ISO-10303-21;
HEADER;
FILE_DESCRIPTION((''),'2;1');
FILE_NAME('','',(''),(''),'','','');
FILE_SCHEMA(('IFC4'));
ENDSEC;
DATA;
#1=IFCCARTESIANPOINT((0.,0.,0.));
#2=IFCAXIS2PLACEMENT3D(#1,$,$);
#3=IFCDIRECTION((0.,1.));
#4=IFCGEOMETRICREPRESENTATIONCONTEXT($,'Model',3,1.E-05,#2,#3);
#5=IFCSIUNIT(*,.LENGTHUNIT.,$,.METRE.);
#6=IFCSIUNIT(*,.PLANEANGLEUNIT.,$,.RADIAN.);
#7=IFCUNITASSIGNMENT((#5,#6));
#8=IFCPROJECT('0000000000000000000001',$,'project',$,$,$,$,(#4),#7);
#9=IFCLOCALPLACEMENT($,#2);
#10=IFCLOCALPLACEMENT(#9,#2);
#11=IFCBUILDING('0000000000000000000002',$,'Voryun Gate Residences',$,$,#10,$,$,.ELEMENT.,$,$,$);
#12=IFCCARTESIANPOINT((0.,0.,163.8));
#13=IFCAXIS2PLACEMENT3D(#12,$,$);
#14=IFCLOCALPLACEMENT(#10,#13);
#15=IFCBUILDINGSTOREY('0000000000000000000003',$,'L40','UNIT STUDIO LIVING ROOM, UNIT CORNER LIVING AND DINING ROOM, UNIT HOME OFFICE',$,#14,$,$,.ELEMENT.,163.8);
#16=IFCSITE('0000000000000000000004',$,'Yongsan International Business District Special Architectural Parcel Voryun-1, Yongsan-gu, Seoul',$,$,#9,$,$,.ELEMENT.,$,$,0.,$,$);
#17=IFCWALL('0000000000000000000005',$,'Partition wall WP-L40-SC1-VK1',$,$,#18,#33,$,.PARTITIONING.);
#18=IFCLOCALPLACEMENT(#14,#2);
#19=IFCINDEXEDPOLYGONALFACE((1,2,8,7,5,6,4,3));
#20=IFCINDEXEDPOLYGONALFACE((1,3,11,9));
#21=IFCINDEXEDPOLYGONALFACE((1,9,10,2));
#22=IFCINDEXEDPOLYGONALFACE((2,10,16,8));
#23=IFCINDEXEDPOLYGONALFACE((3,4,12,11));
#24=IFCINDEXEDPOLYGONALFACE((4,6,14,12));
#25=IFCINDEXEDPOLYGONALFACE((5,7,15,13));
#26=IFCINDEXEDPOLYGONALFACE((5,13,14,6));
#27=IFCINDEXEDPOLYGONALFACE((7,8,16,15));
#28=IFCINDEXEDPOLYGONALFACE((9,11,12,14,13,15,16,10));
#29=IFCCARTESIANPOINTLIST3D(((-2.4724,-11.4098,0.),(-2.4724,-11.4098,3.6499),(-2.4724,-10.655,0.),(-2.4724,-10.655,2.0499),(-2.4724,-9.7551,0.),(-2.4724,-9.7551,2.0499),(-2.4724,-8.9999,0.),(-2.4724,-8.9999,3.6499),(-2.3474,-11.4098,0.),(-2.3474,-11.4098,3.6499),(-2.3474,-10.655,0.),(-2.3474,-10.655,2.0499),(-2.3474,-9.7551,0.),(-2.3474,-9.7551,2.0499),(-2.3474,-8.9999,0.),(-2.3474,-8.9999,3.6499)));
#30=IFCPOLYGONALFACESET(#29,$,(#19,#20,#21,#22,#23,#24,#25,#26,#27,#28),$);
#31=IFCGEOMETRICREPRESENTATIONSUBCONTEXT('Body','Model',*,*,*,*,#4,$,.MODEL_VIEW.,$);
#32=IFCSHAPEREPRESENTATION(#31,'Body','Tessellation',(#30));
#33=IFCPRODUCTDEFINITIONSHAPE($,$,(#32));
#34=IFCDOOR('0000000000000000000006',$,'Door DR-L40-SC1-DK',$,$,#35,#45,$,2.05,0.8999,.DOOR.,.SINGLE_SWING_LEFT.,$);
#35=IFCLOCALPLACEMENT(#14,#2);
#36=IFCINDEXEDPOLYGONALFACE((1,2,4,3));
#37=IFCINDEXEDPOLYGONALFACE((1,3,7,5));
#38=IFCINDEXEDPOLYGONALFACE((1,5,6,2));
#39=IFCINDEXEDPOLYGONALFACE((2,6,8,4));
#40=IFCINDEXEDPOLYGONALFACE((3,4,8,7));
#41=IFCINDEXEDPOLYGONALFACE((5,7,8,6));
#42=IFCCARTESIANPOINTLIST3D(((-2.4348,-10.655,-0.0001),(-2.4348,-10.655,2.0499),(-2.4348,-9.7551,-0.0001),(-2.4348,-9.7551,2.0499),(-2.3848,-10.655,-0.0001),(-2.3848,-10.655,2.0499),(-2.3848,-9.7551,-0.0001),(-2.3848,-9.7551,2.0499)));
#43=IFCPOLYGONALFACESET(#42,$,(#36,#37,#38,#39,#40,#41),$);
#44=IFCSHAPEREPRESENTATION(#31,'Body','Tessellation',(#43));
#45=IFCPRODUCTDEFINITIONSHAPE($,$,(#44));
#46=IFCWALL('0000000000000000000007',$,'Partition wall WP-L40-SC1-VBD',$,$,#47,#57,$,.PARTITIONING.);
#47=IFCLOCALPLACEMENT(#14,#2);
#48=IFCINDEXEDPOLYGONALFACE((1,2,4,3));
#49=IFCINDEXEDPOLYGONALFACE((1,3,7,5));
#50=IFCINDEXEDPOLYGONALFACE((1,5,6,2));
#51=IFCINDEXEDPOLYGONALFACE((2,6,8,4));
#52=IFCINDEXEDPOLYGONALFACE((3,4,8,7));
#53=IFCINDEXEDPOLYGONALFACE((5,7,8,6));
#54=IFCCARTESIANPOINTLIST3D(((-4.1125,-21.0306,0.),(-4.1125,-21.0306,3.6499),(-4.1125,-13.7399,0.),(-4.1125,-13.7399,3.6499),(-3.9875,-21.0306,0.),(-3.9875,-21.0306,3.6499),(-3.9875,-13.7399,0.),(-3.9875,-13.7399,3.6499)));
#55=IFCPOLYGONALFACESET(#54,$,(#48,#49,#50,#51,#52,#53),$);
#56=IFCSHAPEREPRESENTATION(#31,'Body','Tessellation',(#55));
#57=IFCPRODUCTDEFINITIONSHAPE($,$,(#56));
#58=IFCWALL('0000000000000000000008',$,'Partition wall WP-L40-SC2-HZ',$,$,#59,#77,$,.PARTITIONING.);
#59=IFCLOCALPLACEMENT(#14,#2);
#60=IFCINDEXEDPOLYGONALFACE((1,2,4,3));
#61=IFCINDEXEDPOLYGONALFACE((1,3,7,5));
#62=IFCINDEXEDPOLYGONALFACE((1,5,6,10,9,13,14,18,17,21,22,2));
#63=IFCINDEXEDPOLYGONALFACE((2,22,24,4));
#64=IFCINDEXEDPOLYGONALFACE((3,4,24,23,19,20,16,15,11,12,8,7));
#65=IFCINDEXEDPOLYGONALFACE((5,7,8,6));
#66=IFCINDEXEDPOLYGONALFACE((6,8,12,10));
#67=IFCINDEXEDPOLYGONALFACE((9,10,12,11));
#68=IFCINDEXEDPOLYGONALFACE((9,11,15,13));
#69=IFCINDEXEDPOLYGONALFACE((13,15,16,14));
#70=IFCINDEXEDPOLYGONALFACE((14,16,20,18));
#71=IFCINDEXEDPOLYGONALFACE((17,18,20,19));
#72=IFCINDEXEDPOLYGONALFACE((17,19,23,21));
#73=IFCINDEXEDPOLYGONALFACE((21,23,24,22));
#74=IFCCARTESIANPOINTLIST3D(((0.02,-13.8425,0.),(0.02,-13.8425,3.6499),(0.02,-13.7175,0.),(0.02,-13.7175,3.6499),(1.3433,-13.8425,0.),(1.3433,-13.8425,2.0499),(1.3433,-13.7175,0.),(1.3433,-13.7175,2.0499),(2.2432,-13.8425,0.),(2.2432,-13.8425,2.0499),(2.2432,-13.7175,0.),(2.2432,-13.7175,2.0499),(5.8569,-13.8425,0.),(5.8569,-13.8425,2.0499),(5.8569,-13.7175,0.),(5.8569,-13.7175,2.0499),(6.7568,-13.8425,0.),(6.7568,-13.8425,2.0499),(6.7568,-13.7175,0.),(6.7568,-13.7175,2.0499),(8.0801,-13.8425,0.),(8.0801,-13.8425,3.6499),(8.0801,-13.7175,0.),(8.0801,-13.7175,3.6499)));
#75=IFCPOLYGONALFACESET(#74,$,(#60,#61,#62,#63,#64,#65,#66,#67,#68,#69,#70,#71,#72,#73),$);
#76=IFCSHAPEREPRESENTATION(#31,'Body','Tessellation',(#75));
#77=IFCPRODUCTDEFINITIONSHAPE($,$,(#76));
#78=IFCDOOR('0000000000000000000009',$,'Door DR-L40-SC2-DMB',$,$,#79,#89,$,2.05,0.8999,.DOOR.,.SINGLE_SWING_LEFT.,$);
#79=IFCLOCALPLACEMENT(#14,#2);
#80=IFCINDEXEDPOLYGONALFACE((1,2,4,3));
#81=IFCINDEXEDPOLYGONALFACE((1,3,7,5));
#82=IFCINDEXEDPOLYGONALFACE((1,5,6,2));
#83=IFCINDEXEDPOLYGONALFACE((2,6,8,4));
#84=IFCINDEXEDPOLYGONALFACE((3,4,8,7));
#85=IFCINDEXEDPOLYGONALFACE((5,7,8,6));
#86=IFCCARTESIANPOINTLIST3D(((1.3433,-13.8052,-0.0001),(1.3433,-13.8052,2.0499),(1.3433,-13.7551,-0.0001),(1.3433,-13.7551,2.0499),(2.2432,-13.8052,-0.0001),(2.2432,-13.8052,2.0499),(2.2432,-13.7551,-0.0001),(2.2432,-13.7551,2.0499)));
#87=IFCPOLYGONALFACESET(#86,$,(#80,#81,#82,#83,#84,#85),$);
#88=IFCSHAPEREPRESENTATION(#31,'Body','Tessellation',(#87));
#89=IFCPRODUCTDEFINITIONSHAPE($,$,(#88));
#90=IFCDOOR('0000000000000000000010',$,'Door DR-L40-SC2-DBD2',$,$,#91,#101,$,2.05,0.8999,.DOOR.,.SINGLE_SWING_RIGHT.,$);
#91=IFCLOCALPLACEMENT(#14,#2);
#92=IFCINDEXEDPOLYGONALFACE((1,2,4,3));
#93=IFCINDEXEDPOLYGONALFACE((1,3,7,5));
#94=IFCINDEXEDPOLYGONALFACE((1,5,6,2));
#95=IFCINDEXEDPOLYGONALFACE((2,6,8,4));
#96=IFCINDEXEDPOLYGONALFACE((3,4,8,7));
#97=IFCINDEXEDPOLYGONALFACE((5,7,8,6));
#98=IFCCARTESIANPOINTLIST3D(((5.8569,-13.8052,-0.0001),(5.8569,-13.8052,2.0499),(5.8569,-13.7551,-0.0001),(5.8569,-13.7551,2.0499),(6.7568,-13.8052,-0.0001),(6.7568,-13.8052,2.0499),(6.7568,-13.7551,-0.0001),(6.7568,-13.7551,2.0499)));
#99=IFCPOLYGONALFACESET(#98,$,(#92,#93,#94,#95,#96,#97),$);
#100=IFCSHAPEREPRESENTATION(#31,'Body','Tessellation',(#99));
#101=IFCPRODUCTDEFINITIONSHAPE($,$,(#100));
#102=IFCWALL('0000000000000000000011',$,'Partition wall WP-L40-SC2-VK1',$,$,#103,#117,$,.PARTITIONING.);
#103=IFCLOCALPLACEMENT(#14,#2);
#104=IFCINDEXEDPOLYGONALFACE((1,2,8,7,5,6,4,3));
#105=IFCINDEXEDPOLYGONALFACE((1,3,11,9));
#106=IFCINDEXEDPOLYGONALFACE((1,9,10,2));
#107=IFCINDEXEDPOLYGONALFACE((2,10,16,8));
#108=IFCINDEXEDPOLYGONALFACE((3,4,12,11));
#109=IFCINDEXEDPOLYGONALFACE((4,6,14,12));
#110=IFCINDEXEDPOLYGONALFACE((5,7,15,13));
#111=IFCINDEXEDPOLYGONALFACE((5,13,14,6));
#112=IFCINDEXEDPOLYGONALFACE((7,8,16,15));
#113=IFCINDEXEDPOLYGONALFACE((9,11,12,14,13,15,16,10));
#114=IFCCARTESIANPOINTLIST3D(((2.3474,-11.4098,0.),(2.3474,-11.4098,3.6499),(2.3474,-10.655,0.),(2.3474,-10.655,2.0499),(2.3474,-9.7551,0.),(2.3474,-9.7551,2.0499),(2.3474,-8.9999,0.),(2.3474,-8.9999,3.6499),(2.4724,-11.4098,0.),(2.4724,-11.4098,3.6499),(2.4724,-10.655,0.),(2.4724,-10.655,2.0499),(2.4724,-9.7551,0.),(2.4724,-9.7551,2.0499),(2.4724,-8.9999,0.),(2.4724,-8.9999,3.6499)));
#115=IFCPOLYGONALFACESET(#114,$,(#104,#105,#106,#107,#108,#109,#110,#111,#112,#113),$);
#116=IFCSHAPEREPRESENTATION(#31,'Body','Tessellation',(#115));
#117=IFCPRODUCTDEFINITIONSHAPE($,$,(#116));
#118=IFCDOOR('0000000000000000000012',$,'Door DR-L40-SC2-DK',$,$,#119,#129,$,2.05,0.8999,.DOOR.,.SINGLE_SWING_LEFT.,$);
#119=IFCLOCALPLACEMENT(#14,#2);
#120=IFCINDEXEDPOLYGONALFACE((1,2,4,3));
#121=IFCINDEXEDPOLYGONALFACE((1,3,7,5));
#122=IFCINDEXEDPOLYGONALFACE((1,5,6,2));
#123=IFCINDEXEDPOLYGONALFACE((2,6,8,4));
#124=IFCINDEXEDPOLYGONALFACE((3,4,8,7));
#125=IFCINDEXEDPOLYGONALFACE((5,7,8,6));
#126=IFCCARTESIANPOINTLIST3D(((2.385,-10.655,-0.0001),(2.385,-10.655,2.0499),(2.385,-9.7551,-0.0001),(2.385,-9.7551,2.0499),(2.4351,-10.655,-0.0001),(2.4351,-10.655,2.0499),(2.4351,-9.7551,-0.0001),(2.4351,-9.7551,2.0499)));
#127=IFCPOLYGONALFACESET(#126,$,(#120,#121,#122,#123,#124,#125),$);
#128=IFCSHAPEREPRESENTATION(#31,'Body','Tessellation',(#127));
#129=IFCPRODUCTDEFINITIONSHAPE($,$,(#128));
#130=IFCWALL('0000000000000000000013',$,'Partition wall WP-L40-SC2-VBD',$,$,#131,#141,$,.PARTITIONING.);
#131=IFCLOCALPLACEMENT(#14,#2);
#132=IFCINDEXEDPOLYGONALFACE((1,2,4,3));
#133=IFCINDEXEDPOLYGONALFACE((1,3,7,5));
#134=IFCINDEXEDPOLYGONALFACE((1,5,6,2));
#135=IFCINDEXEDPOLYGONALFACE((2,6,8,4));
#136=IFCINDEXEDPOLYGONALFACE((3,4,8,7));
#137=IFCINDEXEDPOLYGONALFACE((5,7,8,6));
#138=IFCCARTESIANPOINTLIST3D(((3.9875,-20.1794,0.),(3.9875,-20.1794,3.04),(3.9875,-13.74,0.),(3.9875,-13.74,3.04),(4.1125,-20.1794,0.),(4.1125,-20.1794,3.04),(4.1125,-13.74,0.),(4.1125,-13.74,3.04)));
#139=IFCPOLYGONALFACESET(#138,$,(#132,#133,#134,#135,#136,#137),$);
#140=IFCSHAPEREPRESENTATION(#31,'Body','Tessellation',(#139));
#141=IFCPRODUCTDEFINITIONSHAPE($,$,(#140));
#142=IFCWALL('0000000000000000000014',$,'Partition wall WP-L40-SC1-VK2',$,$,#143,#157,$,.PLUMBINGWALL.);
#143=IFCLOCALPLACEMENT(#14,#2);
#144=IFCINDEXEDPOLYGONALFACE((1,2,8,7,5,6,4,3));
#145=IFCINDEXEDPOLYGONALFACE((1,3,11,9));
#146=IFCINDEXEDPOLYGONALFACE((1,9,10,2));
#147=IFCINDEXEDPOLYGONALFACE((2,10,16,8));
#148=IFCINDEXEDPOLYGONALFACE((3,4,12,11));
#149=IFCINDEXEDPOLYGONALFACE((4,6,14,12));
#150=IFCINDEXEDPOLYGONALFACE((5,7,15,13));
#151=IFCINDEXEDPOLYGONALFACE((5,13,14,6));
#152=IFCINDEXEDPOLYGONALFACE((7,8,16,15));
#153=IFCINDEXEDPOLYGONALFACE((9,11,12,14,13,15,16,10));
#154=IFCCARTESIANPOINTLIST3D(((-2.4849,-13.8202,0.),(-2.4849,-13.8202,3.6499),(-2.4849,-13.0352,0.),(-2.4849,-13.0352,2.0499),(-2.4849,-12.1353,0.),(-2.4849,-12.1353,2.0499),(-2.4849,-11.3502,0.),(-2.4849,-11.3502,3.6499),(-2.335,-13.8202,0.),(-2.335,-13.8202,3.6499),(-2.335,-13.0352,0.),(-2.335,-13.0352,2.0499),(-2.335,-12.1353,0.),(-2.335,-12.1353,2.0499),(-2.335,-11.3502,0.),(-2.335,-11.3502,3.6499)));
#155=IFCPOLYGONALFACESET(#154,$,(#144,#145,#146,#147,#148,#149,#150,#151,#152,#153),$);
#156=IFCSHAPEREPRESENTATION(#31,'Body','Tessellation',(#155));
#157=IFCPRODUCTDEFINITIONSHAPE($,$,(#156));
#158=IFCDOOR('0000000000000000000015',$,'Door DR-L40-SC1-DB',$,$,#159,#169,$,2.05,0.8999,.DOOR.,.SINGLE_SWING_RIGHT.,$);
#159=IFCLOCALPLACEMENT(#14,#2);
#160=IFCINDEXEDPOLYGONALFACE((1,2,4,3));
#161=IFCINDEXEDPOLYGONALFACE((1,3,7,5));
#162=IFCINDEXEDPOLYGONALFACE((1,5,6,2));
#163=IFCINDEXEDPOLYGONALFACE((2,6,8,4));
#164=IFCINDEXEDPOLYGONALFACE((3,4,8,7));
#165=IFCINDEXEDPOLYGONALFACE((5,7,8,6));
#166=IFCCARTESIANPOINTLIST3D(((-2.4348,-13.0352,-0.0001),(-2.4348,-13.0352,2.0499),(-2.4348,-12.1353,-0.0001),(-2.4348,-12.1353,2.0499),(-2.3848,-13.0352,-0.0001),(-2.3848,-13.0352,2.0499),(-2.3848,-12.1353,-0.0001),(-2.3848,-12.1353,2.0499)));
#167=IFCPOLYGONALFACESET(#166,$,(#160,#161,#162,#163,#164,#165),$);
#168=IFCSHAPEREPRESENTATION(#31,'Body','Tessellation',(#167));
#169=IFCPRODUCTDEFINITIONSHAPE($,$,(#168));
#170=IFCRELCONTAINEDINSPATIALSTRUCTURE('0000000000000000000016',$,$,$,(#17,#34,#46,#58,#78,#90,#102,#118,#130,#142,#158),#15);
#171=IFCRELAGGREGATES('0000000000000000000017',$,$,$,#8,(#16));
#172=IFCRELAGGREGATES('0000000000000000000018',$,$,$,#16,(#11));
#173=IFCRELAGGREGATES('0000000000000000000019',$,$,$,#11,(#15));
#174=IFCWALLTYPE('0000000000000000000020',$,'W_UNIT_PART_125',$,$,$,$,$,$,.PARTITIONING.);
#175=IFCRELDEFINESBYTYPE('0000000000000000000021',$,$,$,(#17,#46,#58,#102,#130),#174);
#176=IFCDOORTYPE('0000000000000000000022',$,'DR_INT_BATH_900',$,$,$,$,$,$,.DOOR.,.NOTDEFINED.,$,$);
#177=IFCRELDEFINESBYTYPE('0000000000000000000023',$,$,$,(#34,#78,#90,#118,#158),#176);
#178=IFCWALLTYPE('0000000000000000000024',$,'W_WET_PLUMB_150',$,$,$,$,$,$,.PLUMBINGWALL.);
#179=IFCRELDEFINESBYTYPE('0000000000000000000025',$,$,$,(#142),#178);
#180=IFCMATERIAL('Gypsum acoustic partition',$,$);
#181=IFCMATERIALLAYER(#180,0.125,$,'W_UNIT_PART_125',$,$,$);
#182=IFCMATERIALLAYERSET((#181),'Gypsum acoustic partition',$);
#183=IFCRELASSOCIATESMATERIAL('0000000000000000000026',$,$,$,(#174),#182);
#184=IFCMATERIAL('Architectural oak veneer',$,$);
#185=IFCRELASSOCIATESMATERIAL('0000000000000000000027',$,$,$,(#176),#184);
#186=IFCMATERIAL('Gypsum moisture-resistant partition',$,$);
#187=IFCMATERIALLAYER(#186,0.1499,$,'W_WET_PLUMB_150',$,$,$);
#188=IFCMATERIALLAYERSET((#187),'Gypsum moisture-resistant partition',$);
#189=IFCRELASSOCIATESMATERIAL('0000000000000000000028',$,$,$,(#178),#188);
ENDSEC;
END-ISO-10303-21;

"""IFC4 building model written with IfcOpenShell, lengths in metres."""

from ifc_helpers import new_model, si_unit, direction, frame, frame_2d, origin, place, context, subcontext, project, spatial, rectangle, extrude, material, layer, layer_set, type_object, element, fill, save


model = new_model("IFC4")

# Units and contexts
model_context = context("Model", 3, precision=1e-05, world=origin(), true_north=direction((0.0, 1.0)))
body_context = subcontext(model_context, "Body", "Model", "MODEL_VIEW")
ifc_project = project(units=[si_unit("LENGTHUNIT", "METRE"), si_unit("PLANEANGLEUNIT", "RADIAN")], contexts=[model_context])

# Site, building, storey
site_placement = place(None, origin())
site = spatial("IfcSite", under=ifc_project, at=site_placement, Name="Yongsan International Business District Special Architectural Parcel Voryun-1, Yongsan-gu, Seoul", CompositionType="ELEMENT", RefElevation=0.0)
building_placement = place(site_placement, origin())
building = spatial("IfcBuilding", under=site, at=building_placement, Name="Voryun Gate Residences", CompositionType="ELEMENT")
storey_placement = place(building_placement, frame((0.0, 0.0, 163.8)))
storey = spatial("IfcBuildingStorey", under=building, at=storey_placement, Name="L40", Description="UNIT STUDIO LIVING ROOM, UNIT CORNER LIVING AND DINING ROOM, UNIT HOME OFFICE", CompositionType="ELEMENT", Elevation=163.8)

# Wall, opening, door
ifc_material_1 = material(Name="Gypsum acoustic partition")
ifc_layer_1 = layer(ifc_material_1, 0.125, Name="W_UNIT_PART_125")
ifc_layer_set_1 = layer_set([ifc_layer_1], Name="Gypsum acoustic partition")
wall_type_1 = type_object("IfcWallType", Name="W_UNIT_PART_125", PredefinedType="PARTITIONING", material=ifc_layer_set_1)
wall_1_placement = place(storey_placement, frame((-2.4099, -11.4099, 0.0), z_axis=(0.0, 0.0, 1.0), x_axis=(0.0, 1.0, 0.0)))
wall_1 = element("IfcWall", 1, at=wall_1_placement, inside=storey, type_object=wall_type_1, Name="Partition wall WP-L40-SC1-VK1", PredefinedType="PARTITIONING", context=body_context, shape_type="SweptSolid", body=[
    extrude(rectangle(XDim=2.4099, YDim=0.125, at=frame_2d((1.2051, 0.0))), origin(), (0.0, 0.0, 1.0), 3.6499),
])
opening_1_placement = place(wall_1_placement, frame((0.7549, 0.0, 0.0)))
opening_1 = element("IfcOpeningElement", 2, at=opening_1_placement, cuts=wall_1, PredefinedType="OPENING", context=body_context, shape_type="SweptSolid", body=[
    extrude(rectangle(XDim=0.8999, YDim=2.05, at=frame_2d((0.45, 1.0249))), frame((0.0, 0.0725, 0.0), z_axis=(0.0, -1.0, 0.0), x_axis=(1.0, 0.0, 0.0)), (0.0, 0.0, 1.0), 0.145),
])
ifc_material_2 = material(Name="Architectural oak veneer")
door_type_1 = type_object("IfcDoorType", Name="DR_INT_BATH_900", OperationType="NOTDEFINED", PredefinedType="DOOR", material=ifc_material_2)
door_1_placement = place(opening_1_placement, origin())
door_1 = element("IfcDoor", 3, at=door_1_placement, inside=storey, type_object=door_type_1, Name="Door DR-L40-SC1-DK", OperationType="SINGLE_SWING_LEFT", OverallHeight=2.05, OverallWidth=0.8999, PredefinedType="DOOR", context=body_context, shape_type="SweptSolid", body=[
    extrude(rectangle(XDim=0.8999, YDim=2.05, at=frame_2d((0.45, 1.0249))), frame((0.0, 0.0249, 0.0), z_axis=(0.0, -1.0, 0.0), x_axis=(1.0, 0.0, 0.0)), (0.0, 0.0, 1.0), 0.05),
])
fill(opening_1, door_1)

# Wall
wall_2_placement = place(storey_placement, frame((-4.05, -21.0308, 0.0), z_axis=(0.0, 0.0, 1.0), x_axis=(0.0, 1.0, 0.0)))
element("IfcWall", 4, at=wall_2_placement, inside=storey, type_object=wall_type_1, Name="Partition wall WP-L40-SC1-VBD", PredefinedType="PARTITIONING", context=body_context, shape_type="SweptSolid", body=[
    extrude(rectangle(XDim=7.2908, YDim=0.125, at=frame_2d((3.6455, 0.0))), origin(), (0.0, 0.0, 1.0), 3.6499),
])

# Wall, openings, doors
wall_3_placement = place(storey_placement, frame((0.02, -13.78, 0.0), z_axis=(0.0, 0.0, 1.0), x_axis=(1.0, 0.0, 0.0)))
wall_3 = element("IfcWall", 5, at=wall_3_placement, inside=storey, type_object=wall_type_1, Name="Partition wall WP-L40-SC2-HZ", PredefinedType="PARTITIONING", context=body_context, shape_type="SweptSolid", body=[
    extrude(rectangle(XDim=8.0601, YDim=0.125, at=frame_2d((4.03, 0.0))), origin(), (0.0, 0.0, 1.0), 3.6499),
])
opening_2_placement = place(wall_3_placement, frame((1.3232, 0.0, 0.0)))
opening_2 = element("IfcOpeningElement", 6, at=opening_2_placement, cuts=wall_3, PredefinedType="OPENING", context=body_context, shape_type="SweptSolid", body=[
    extrude(rectangle(XDim=0.8999, YDim=2.05, at=frame_2d((0.45, 1.0249))), frame((0.0, 0.0725, 0.0), z_axis=(0.0, -1.0, 0.0), x_axis=(1.0, 0.0, 0.0)), (0.0, 0.0, 1.0), 0.145),
])
opening_3_placement = place(wall_3_placement, frame((5.8369, 0.0, 0.0)))
opening_3 = element("IfcOpeningElement", 7, at=opening_3_placement, cuts=wall_3, PredefinedType="OPENING", context=body_context, shape_type="SweptSolid", body=[
    extrude(rectangle(XDim=0.8999, YDim=2.05, at=frame_2d((0.45, 1.0249))), frame((0.0, 0.0725, 0.0), z_axis=(0.0, -1.0, 0.0), x_axis=(1.0, 0.0, 0.0)), (0.0, 0.0, 1.0), 0.145),
])
door_2_placement = place(opening_2_placement, origin())
door_2 = element("IfcDoor", 8, at=door_2_placement, inside=storey, type_object=door_type_1, Name="Door DR-L40-SC2-DMB", OperationType="SINGLE_SWING_LEFT", OverallHeight=2.05, OverallWidth=0.8999, PredefinedType="DOOR", context=body_context, shape_type="SweptSolid", body=[
    extrude(rectangle(XDim=0.8999, YDim=2.05, at=frame_2d((0.45, 1.0249))), frame((0.0, 0.0249, 0.0), z_axis=(0.0, -1.0, 0.0), x_axis=(1.0, 0.0, 0.0)), (0.0, 0.0, 1.0), 0.05),
])
fill(opening_2, door_2)
door_3_placement = place(opening_3_placement, origin())
door_3 = element("IfcDoor", 9, at=door_3_placement, inside=storey, type_object=door_type_1, Name="Door DR-L40-SC2-DBD2", OperationType="SINGLE_SWING_RIGHT", OverallHeight=2.05, OverallWidth=0.8999, PredefinedType="DOOR", context=body_context, shape_type="SweptSolid", body=[
    extrude(rectangle(XDim=0.8999, YDim=2.05, at=frame_2d((0.45, 1.0249))), frame((0.0, 0.0249, 0.0), z_axis=(0.0, -1.0, 0.0), x_axis=(1.0, 0.0, 0.0)), (0.0, 0.0, 1.0), 0.05),
])
fill(opening_3, door_3)

# Wall, opening, door
wall_4_placement = place(storey_placement, frame((2.4099, -11.4099, 0.0), z_axis=(0.0, 0.0, 1.0), x_axis=(0.0, 1.0, 0.0)))
wall_4 = element("IfcWall", 10, at=wall_4_placement, inside=storey, type_object=wall_type_1, Name="Partition wall WP-L40-SC2-VK1", PredefinedType="PARTITIONING", context=body_context, shape_type="SweptSolid", body=[
    extrude(rectangle(XDim=2.4099, YDim=0.125, at=frame_2d((1.2051, 0.0))), origin(), (0.0, 0.0, 1.0), 3.6499),
])
opening_4_placement = place(wall_4_placement, frame((0.7549, 0.0, 0.0)))
opening_4 = element("IfcOpeningElement", 11, at=opening_4_placement, cuts=wall_4, PredefinedType="OPENING", context=body_context, shape_type="SweptSolid", body=[
    extrude(rectangle(XDim=0.8999, YDim=2.05, at=frame_2d((0.45, 1.0249))), frame((0.0, 0.0725, 0.0), z_axis=(0.0, -1.0, 0.0), x_axis=(1.0, 0.0, 0.0)), (0.0, 0.0, 1.0), 0.145),
])
door_4_placement = place(opening_4_placement, origin())
door_4 = element("IfcDoor", 12, at=door_4_placement, inside=storey, type_object=door_type_1, Name="Door DR-L40-SC2-DK", OperationType="SINGLE_SWING_LEFT", OverallHeight=2.05, OverallWidth=0.8999, PredefinedType="DOOR", context=body_context, shape_type="SweptSolid", body=[
    extrude(rectangle(XDim=0.8999, YDim=2.05, at=frame_2d((0.45, 1.0249))), frame((0.0, 0.0249, 0.0), z_axis=(0.0, -1.0, 0.0), x_axis=(1.0, 0.0, 0.0)), (0.0, 0.0, 1.0), 0.05),
])
fill(opening_4, door_4)

# Wall
wall_5_placement = place(storey_placement, frame((4.05, -20.1794, 0.0), z_axis=(0.0, 0.0, 1.0), x_axis=(0.0, 1.0, 0.0)))
element("IfcWall", 13, at=wall_5_placement, inside=storey, type_object=wall_type_1, Name="Partition wall WP-L40-SC2-VBD", PredefinedType="PARTITIONING", context=body_context, shape_type="SweptSolid", body=[
    extrude(rectangle(XDim=6.4395, YDim=0.125, at=frame_2d((3.2197, 0.0))), origin(), (0.0, 0.0, 1.0), 3.04),
])

# Wall, opening, door
ifc_material_3 = material(Name="Gypsum moisture-resistant partition")
ifc_layer_2 = layer(ifc_material_3, 0.1499, Name="W_WET_PLUMB_150")
ifc_layer_set_2 = layer_set([ifc_layer_2], Name="Gypsum moisture-resistant partition")
wall_type_2 = type_object("IfcWallType", Name="W_WET_PLUMB_150", PredefinedType="PLUMBINGWALL", material=ifc_layer_set_2)
wall_6_placement = place(storey_placement, frame((-2.4099, -13.8201, 0.0), z_axis=(0.0, 0.0, 1.0), x_axis=(0.0, 1.0, 0.0)))
wall_6 = element("IfcWall", 14, at=wall_6_placement, inside=storey, type_object=wall_type_2, Name="Partition wall WP-L40-SC1-VK2", PredefinedType="PLUMBINGWALL", context=body_context, shape_type="SweptSolid", body=[
    extrude(rectangle(XDim=2.47, YDim=0.1499, at=frame_2d((1.2349, 0.0))), origin(), (0.0, 0.0, 1.0), 3.6499),
])
opening_5_placement = place(wall_6_placement, frame((0.7849, 0.0, 0.0)))
opening_5 = element("IfcOpeningElement", 15, at=opening_5_placement, cuts=wall_6, PredefinedType="OPENING", context=body_context, shape_type="SweptSolid", body=[
    extrude(rectangle(XDim=0.8999, YDim=2.05, at=frame_2d((0.45, 1.0249))), frame((0.0, 0.085, 0.0), z_axis=(0.0, -1.0, 0.0), x_axis=(1.0, 0.0, 0.0)), (0.0, 0.0, 1.0), 0.1699),
])
door_5_placement = place(opening_5_placement, origin())
door_5 = element("IfcDoor", 16, at=door_5_placement, inside=storey, type_object=door_type_1, Name="Door DR-L40-SC1-DB", OperationType="SINGLE_SWING_RIGHT", OverallHeight=2.05, OverallWidth=0.8999, PredefinedType="DOOR", context=body_context, shape_type="SweptSolid", body=[
    extrude(rectangle(XDim=0.8999, YDim=2.05, at=frame_2d((0.45, 1.0249))), frame((0.0, 0.0249, 0.0), z_axis=(0.0, -1.0, 0.0), x_axis=(1.0, 0.0, 0.0)), (0.0, 0.0, 1.0), 0.05),
])
fill(opening_5, door_5)

save(model, "model.ifc")
